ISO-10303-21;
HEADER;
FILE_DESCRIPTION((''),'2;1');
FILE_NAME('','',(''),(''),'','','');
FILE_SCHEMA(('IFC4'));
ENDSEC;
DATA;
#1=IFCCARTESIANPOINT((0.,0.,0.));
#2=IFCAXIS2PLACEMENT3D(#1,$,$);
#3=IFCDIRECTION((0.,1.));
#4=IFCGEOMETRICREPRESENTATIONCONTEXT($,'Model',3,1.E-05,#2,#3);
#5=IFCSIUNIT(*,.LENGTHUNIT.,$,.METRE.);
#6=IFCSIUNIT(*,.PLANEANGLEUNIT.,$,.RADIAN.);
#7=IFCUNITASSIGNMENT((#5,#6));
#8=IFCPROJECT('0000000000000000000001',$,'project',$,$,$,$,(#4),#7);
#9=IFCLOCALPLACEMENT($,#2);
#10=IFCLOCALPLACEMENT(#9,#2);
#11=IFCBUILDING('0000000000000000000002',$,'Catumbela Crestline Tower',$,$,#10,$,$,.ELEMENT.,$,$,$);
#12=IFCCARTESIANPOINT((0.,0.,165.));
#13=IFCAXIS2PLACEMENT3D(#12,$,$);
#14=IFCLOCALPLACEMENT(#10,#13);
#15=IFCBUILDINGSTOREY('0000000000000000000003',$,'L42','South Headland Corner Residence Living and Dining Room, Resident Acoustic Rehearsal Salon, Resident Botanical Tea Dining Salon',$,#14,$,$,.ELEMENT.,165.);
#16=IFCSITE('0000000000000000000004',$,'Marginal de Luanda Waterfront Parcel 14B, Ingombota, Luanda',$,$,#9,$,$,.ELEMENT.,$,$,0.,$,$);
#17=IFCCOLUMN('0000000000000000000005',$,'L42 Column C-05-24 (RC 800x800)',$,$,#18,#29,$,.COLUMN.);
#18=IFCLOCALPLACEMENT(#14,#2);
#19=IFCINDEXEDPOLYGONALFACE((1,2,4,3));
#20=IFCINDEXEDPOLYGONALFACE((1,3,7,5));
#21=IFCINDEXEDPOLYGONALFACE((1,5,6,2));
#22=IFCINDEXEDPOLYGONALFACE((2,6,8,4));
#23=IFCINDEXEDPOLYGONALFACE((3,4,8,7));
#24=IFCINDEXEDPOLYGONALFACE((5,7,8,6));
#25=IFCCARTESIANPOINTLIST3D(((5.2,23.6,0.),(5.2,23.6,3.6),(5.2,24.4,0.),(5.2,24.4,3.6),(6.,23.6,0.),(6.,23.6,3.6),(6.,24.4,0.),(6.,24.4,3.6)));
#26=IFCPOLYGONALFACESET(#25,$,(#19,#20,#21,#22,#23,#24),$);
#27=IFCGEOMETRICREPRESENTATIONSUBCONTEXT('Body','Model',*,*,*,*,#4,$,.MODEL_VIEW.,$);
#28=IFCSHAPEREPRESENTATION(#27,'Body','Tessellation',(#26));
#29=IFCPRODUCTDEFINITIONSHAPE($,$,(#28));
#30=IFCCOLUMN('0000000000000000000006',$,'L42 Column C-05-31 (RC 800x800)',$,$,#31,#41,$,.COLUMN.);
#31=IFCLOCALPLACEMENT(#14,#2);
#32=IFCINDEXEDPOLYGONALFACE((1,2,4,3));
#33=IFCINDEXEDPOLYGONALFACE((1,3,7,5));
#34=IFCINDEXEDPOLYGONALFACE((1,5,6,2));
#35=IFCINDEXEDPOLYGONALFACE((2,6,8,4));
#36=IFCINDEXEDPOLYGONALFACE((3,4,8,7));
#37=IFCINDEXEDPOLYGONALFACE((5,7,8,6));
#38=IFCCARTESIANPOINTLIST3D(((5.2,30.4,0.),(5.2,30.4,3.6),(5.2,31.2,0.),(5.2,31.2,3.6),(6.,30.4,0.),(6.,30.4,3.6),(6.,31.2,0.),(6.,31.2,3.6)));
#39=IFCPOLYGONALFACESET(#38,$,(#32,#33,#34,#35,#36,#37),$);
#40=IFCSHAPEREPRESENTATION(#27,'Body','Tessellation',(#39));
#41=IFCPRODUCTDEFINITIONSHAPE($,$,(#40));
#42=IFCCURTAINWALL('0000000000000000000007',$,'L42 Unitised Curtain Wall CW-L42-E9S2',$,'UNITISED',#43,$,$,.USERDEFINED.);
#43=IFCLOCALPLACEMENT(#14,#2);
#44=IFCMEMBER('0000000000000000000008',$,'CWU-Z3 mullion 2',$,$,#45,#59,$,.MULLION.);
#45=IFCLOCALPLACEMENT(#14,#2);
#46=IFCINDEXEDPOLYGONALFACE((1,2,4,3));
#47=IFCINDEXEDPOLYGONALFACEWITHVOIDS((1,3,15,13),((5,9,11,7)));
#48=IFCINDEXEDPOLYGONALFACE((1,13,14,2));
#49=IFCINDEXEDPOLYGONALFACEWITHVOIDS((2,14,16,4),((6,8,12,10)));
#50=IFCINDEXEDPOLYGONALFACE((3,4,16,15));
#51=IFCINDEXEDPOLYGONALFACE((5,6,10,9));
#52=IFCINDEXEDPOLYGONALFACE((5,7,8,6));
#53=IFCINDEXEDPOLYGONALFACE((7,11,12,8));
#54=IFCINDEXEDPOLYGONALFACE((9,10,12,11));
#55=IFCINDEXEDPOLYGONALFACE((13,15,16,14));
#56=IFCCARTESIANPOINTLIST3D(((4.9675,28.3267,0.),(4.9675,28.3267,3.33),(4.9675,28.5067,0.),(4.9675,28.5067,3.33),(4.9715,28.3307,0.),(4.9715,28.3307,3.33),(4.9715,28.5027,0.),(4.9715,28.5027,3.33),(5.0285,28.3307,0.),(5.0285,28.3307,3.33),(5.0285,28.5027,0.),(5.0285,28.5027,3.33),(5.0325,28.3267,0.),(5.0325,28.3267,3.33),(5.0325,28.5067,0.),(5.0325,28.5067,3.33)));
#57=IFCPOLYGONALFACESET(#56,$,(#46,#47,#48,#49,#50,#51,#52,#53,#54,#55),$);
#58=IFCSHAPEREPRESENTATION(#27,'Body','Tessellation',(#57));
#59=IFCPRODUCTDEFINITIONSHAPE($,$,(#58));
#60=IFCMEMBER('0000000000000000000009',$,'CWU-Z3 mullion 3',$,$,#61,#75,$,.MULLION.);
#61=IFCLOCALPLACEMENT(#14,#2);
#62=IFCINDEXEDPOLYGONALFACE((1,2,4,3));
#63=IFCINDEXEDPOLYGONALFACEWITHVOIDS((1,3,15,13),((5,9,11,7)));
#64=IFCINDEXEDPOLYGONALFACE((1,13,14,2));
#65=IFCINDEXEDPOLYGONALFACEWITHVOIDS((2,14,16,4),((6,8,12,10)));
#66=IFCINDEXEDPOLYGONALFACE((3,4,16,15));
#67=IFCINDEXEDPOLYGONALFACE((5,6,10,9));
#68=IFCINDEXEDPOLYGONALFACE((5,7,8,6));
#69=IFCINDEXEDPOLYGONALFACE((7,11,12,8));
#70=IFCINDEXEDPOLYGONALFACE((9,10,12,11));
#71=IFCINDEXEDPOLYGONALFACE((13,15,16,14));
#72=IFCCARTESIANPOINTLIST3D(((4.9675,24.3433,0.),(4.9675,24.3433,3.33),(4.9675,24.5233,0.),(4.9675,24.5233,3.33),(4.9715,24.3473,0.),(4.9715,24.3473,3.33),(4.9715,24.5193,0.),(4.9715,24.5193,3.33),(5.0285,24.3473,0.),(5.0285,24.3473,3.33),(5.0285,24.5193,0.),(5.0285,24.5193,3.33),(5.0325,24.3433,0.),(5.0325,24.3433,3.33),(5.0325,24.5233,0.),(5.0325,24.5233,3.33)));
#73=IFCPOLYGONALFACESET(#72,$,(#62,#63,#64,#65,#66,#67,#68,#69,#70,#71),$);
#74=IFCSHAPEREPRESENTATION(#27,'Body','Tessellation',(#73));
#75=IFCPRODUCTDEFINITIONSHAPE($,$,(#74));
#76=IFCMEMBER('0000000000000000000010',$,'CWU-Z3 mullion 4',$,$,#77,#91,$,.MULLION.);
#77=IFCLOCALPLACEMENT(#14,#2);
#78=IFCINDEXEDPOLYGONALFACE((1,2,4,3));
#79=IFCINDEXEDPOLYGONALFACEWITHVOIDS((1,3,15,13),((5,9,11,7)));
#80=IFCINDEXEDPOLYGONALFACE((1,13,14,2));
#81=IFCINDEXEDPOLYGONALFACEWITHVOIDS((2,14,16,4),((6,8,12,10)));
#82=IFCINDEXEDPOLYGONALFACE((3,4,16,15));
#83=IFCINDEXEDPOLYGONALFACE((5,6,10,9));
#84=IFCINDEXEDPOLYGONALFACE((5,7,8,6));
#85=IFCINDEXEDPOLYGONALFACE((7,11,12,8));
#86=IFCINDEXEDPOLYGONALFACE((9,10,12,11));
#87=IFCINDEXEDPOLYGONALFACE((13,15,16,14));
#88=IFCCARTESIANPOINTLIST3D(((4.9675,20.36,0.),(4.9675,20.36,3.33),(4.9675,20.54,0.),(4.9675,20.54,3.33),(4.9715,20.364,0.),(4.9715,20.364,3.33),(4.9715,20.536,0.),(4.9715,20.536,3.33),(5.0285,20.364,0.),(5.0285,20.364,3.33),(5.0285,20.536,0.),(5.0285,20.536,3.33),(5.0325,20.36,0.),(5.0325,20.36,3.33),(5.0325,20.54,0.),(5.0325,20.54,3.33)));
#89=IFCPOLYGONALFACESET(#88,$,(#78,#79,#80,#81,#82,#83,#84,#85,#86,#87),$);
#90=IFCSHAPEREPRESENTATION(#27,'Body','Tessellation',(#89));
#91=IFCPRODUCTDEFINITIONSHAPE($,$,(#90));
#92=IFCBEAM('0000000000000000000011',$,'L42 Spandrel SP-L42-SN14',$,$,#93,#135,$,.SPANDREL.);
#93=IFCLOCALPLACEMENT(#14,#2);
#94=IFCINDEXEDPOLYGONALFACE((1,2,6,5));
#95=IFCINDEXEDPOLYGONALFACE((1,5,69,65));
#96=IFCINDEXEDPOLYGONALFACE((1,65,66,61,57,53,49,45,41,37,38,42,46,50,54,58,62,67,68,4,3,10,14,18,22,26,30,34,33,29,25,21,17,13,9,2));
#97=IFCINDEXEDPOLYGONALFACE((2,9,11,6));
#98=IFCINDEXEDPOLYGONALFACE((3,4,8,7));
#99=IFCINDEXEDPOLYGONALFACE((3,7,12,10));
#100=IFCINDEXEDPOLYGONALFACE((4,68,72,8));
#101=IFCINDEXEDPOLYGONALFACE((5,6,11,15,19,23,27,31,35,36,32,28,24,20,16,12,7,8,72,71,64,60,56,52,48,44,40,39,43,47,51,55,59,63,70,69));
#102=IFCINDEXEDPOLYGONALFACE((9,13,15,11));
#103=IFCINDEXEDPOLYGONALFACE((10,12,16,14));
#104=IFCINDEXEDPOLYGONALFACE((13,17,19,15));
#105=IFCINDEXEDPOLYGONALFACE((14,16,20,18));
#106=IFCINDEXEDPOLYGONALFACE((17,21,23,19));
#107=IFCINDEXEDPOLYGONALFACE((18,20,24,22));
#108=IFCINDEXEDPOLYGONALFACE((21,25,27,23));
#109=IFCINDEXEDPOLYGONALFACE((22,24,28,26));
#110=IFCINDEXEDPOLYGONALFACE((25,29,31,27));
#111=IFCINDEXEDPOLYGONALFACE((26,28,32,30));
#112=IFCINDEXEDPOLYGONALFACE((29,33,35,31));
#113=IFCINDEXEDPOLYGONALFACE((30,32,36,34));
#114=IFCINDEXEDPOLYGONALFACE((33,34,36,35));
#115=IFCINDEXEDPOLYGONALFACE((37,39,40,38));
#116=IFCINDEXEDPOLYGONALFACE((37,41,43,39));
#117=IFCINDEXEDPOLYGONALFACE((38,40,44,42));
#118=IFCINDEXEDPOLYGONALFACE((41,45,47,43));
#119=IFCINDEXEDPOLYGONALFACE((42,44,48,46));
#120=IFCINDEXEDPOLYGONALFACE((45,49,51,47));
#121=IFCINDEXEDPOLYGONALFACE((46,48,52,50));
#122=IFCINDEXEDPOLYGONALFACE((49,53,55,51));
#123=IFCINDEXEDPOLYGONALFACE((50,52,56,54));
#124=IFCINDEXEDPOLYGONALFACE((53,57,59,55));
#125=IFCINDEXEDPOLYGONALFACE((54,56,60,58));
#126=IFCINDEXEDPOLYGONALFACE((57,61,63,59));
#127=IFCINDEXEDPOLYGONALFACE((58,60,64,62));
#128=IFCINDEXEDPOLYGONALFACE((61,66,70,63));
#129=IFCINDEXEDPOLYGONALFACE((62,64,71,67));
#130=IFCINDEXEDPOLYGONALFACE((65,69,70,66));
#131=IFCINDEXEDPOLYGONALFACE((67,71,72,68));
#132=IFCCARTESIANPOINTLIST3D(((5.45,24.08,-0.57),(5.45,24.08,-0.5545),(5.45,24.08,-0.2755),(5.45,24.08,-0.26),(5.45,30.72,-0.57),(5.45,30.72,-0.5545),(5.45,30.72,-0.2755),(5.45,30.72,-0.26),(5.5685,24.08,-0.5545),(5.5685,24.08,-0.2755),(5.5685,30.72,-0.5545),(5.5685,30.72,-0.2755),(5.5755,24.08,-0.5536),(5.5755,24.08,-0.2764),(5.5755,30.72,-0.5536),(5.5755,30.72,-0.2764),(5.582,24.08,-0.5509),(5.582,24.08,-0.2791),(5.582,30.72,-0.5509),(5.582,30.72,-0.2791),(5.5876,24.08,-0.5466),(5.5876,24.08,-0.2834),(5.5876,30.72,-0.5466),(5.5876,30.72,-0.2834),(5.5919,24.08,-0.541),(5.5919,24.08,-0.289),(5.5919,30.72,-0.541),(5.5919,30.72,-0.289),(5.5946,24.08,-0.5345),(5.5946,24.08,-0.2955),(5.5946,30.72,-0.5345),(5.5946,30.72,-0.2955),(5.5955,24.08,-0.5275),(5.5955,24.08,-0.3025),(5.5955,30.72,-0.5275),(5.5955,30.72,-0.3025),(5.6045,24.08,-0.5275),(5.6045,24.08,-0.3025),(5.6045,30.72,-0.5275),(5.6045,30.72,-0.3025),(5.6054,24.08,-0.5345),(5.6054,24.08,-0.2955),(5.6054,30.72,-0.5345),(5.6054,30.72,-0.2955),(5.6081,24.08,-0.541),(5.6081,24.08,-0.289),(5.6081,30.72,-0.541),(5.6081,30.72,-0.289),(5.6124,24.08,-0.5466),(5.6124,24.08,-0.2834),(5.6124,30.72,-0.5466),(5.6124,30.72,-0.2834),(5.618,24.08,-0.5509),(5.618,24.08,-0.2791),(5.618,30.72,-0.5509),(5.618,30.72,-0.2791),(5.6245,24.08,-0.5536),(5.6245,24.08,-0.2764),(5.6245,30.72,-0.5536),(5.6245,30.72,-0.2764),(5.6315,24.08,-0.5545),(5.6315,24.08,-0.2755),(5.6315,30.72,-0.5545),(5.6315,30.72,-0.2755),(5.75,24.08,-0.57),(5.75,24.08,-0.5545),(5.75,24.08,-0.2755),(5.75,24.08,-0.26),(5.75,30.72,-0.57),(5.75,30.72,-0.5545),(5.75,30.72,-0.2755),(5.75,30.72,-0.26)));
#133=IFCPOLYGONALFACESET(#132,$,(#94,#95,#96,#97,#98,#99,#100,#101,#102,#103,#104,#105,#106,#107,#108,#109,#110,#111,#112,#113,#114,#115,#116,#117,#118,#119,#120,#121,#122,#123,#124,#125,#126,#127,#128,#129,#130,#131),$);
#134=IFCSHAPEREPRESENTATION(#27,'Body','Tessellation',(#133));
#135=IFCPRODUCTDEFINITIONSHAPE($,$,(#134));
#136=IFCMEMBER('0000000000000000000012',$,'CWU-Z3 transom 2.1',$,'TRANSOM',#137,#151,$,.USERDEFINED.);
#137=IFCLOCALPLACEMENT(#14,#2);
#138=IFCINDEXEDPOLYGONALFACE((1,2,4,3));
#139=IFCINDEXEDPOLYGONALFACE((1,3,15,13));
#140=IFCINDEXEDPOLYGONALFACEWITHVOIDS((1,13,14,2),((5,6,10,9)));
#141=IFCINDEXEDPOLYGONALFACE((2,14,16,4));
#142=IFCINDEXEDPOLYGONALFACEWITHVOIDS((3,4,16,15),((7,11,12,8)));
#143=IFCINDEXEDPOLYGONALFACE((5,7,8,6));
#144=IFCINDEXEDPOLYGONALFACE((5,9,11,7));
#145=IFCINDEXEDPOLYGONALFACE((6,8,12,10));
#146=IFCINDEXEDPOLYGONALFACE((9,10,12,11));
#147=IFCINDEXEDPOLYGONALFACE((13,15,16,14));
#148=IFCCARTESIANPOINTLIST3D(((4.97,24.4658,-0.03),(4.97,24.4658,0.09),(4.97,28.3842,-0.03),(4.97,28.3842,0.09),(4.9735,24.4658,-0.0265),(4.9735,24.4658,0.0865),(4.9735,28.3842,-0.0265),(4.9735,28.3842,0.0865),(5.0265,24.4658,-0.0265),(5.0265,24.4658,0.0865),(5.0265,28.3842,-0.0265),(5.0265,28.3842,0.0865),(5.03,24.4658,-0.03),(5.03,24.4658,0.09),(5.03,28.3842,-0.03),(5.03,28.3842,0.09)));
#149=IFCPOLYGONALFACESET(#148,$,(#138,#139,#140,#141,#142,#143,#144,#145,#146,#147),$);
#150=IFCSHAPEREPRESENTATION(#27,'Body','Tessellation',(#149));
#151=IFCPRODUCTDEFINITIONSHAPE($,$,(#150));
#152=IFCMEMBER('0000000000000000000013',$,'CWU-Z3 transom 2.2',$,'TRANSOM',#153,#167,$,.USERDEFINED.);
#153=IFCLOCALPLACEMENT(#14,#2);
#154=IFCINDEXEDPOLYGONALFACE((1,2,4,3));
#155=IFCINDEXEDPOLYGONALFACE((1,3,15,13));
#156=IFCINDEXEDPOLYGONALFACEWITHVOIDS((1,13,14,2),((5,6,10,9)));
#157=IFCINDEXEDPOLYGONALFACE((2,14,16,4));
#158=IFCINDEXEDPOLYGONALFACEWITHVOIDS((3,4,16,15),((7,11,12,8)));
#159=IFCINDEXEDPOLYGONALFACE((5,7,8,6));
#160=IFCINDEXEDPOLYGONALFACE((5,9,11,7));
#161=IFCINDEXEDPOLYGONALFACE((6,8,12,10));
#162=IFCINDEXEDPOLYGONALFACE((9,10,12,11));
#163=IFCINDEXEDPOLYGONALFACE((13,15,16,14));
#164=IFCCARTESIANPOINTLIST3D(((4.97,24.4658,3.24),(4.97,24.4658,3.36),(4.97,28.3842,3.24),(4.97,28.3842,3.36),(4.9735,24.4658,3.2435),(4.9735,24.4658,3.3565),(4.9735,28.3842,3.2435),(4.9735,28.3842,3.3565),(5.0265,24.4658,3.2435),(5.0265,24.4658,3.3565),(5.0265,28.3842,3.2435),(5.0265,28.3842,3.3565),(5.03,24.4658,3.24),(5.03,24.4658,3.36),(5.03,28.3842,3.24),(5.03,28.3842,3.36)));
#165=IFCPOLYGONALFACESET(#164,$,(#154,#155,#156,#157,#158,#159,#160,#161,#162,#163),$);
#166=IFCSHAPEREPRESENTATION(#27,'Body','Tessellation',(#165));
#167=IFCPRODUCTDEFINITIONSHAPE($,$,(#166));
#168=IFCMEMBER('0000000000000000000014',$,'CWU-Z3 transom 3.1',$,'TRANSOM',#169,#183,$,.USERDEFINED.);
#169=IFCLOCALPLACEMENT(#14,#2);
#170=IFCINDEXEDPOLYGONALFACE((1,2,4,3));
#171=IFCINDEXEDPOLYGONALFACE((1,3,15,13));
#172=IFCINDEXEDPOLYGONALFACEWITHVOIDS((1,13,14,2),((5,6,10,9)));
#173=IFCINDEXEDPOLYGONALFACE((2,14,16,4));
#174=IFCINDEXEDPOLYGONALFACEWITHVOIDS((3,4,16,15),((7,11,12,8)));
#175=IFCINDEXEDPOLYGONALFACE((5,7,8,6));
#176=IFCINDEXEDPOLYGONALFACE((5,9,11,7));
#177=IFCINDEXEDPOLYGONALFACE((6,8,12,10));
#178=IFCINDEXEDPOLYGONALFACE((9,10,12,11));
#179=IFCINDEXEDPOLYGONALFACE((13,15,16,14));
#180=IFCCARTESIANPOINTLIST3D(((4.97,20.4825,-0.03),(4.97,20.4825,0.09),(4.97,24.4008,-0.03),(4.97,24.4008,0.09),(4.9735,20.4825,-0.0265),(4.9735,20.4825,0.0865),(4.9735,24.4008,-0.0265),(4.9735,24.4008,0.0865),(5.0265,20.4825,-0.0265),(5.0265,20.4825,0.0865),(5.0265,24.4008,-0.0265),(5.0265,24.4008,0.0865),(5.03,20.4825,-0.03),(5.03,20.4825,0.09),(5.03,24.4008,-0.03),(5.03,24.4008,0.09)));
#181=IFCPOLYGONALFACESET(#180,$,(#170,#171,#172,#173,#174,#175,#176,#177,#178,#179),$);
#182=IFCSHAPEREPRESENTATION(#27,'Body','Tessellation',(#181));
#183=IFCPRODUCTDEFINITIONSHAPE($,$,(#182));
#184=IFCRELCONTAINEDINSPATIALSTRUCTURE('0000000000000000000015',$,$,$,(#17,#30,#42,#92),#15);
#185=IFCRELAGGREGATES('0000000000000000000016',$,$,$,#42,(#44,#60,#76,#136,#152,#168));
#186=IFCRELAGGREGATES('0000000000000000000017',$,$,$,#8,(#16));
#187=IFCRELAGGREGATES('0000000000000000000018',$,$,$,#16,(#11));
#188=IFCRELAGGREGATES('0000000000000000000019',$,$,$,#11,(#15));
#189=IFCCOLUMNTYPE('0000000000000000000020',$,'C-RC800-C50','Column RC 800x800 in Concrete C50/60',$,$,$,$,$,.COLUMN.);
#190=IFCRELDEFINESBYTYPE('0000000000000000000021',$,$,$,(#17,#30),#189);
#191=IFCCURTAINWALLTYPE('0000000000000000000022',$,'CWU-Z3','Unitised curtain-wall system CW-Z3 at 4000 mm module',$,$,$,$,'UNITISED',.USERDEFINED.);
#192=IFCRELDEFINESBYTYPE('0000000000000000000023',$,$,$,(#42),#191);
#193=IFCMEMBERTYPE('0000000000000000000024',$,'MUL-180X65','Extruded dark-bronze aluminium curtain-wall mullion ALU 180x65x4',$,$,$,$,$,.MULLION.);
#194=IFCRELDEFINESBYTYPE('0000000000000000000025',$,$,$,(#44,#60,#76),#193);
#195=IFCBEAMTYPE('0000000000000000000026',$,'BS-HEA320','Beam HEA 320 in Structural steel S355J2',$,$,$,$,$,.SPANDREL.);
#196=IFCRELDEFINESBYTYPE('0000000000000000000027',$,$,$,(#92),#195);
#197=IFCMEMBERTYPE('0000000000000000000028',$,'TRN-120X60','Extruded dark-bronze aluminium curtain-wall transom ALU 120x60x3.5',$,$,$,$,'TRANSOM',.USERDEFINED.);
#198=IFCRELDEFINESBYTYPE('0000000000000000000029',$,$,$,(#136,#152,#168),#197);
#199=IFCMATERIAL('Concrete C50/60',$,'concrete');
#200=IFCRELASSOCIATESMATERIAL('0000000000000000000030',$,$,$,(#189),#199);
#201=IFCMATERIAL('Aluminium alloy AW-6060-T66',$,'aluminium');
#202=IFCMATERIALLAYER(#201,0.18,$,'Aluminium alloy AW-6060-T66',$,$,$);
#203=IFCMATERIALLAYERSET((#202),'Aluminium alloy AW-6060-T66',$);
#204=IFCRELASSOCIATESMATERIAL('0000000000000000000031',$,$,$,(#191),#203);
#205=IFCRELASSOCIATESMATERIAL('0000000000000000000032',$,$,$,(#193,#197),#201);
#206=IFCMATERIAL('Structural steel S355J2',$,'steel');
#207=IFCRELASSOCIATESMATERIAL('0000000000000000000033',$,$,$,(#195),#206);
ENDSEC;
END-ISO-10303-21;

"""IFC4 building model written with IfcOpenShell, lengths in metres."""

from ifc_helpers import new_model, si_unit, direction, frame, origin, origin_2d, place, context, subcontext, project, spatial, rectangle, hollow_rectangle, i_section, extrude, material, layer, layer_set, material_profile, profile_set, type_object, element, aggregate, save


model = new_model("IFC4")

# Units and contexts
model_context = context("Model", 3, precision=1e-05, world=origin(), true_north=direction((0.0, 1.0)))
body_context = subcontext(model_context, "Body", "Model", "MODEL_VIEW")
ifc_project = project(units=[si_unit("LENGTHUNIT", "METRE"), si_unit("PLANEANGLEUNIT", "RADIAN")], contexts=[model_context])

# Site, building, storey
site_placement = place(None, origin())
site = spatial("IfcSite", under=ifc_project, at=site_placement, Name="Marginal de Luanda Waterfront Parcel 14B, Ingombota, Luanda", CompositionType="ELEMENT", RefElevation=0.0)
building_placement = place(site_placement, origin())
building = spatial("IfcBuilding", under=site, at=building_placement, Name="Catumbela Crestline Tower", CompositionType="ELEMENT")
storey_placement = place(building_placement, frame((0.0, 0.0, 165.0)))
storey = spatial("IfcBuildingStorey", under=building, at=storey_placement, Name="L42", Description="South Headland Corner Residence Living and Dining Room, Resident Acoustic Rehearsal Salon, Resident Botanical Tea Dining Salon", CompositionType="ELEMENT", Elevation=165.0)

# Columns
ifc_material_1 = material(Name="Concrete C50/60", Category="concrete")
ifc_material_profile_1 = material_profile(ifc_material_1, rectangle(XDim=0.8, YDim=0.8, at=origin_2d()), Name="RC 800x800")
ifc_profile_set_1 = profile_set([ifc_material_profile_1], Name="Concrete C50/60")
column_type = type_object("IfcColumnType", Name="C-RC800-C50", Description="Column RC 800x800 in Concrete C50/60", PredefinedType="COLUMN", material=ifc_profile_set_1)
for number, where, z_axis, x_axis, name in (
    (1, (5.6, 24.0, 0.0), (0.0, 0.0, 1.0), (1.0, 0.0, 0.0), "L42 Column C-05-24 (RC 800x800)"),
    (2, (5.6, 30.8, 0.0), (0.0, 0.0, 1.0), (1.0, 0.0, 0.0), "L42 Column C-05-31 (RC 800x800)"),
):
    element("IfcColumn", number, at=place(storey_placement, frame(where, z_axis=z_axis, x_axis=x_axis)), inside=storey, type_object=column_type, Name=name, PredefinedType="COLUMN", context=body_context, shape_type="SweptSolid", body=[
        extrude(rectangle(XDim=0.8, YDim=0.8, at=origin_2d()), origin(), (0.0, 0.0, 1.0), 3.6),
    ])

# Curtain wall, members
ifc_material_2 = material(Name="Aluminium alloy AW-6060-T66", Category="aluminium")
ifc_layer_1 = layer(ifc_material_2, 0.18, Name="Aluminium alloy AW-6060-T66")
ifc_layer_set_1 = layer_set([ifc_layer_1], Name="Aluminium alloy AW-6060-T66")
curtain_wall_type = type_object("IfcCurtainWallType", Name="CWU-Z3", Description="Unitised curtain-wall system CW-Z3 at 4000 mm module", ElementType="UNITISED", PredefinedType="USERDEFINED", material=ifc_layer_set_1)
curtain_wall_placement = place(storey_placement, origin())
curtain_wall = element("IfcCurtainWall", 3, at=curtain_wall_placement, inside=storey, type_object=curtain_wall_type, Name="L42 Unitised Curtain Wall CW-L42-E9S2", ObjectType="UNITISED", PredefinedType="USERDEFINED")
ifc_material_profile_2 = material_profile(ifc_material_2, hollow_rectangle(XDim=0.065, YDim=0.18, WallThickness=0.004, at=origin_2d()), Name="ALU 180x65x4")
ifc_profile_set_2 = profile_set([ifc_material_profile_2], Name="Aluminium alloy AW-6060-T66")
member_type_1 = type_object("IfcMemberType", Name="MUL-180X65", Description="Extruded dark-bronze aluminium curtain-wall mullion ALU 180x65x4", PredefinedType="MULLION", material=ifc_profile_set_2)
member_1_placement = place(storey_placement, frame((5.0, 28.4167, 0.0), z_axis=(0.0, 0.0, 1.0), x_axis=(1.0, 0.0, 0.0)))
member_1 = element("IfcMember", 4, at=member_1_placement, type_object=member_type_1, Name="CWU-Z3 mullion 2", PredefinedType="MULLION", context=body_context, shape_type="SweptSolid", body=[
    extrude(hollow_rectangle(XDim=0.065, YDim=0.18, WallThickness=0.004, at=origin_2d()), origin(), (0.0, 0.0, 1.0), 3.33),
])
member_2_placement = place(storey_placement, frame((5.0, 24.4333, 0.0), z_axis=(0.0, 0.0, 1.0), x_axis=(1.0, 0.0, 0.0)))
member_2 = element("IfcMember", 5, at=member_2_placement, type_object=member_type_1, Name="CWU-Z3 mullion 3", PredefinedType="MULLION", context=body_context, shape_type="SweptSolid", body=[
    extrude(hollow_rectangle(XDim=0.065, YDim=0.18, WallThickness=0.004, at=origin_2d()), origin(), (0.0, 0.0, 1.0), 3.33),
])
member_3_placement = place(storey_placement, frame((5.0, 20.45, 0.0), z_axis=(0.0, 0.0, 1.0), x_axis=(1.0, 0.0, 0.0)))
member_3 = element("IfcMember", 6, at=member_3_placement, type_object=member_type_1, Name="CWU-Z3 mullion 4", PredefinedType="MULLION", context=body_context, shape_type="SweptSolid", body=[
    extrude(hollow_rectangle(XDim=0.065, YDim=0.18, WallThickness=0.004, at=origin_2d()), origin(), (0.0, 0.0, 1.0), 3.33),
])

# Beam
ifc_material_3 = material(Name="Structural steel S355J2", Category="steel")
ifc_material_profile_3 = material_profile(ifc_material_3, i_section(OverallWidth=0.3, OverallDepth=0.31, WebThickness=0.009, FlangeThickness=0.0155, FilletRadius=0.027, at=origin_2d()), Name="HEA 320")
ifc_profile_set_3 = profile_set([ifc_material_profile_3], Name="Structural steel S355J2")
beam_type = type_object("IfcBeamType", Name="BS-HEA320", Description="Beam HEA 320 in Structural steel S355J2", PredefinedType="SPANDREL", material=ifc_profile_set_3)
beam_placement = place(storey_placement, frame((5.6, 24.08, -0.415), z_axis=(0.0, 1.0, 0.0), x_axis=(-1.0, 0.0, 0.0)))
element("IfcBeam", 7, at=beam_placement, inside=storey, type_object=beam_type, Name="L42 Spandrel SP-L42-SN14", PredefinedType="SPANDREL", context=body_context, shape_type="SweptSolid", body=[
    extrude(i_section(OverallWidth=0.3, OverallDepth=0.31, WebThickness=0.009, FlangeThickness=0.0155, FilletRadius=0.027, at=origin_2d()), origin(), (0.0, 0.0, 1.0), 6.64),
])

# Members
ifc_material_profile_4 = material_profile(ifc_material_2, hollow_rectangle(XDim=0.06, YDim=0.12, WallThickness=0.0035, at=origin_2d()), Name="ALU 120x60x3.5")
ifc_profile_set_4 = profile_set([ifc_material_profile_4], Name="Aluminium alloy AW-6060-T66")
member_type_2 = type_object("IfcMemberType", Name="TRN-120X60", Description="Extruded dark-bronze aluminium curtain-wall transom ALU 120x60x3.5", ElementType="TRANSOM", PredefinedType="USERDEFINED", material=ifc_profile_set_4)
member_4_placement = place(storey_placement, frame((5.0, 28.3842, 0.03), z_axis=(0.0, -1.0, 0.0), x_axis=(1.0, 0.0, 0.0)))
member_4 = element("IfcMember", 8, at=member_4_placement, type_object=member_type_2, Name="CWU-Z3 transom 2.1", ObjectType="TRANSOM", PredefinedType="USERDEFINED", context=body_context, shape_type="SweptSolid", body=[
    extrude(hollow_rectangle(XDim=0.06, YDim=0.12, WallThickness=0.0035, at=origin_2d()), origin(), (0.0, 0.0, 1.0), 3.9184),
])
member_5_placement = place(storey_placement, frame((5.0, 28.3842, 3.3), z_axis=(0.0, -1.0, 0.0), x_axis=(1.0, 0.0, 0.0)))
member_5 = element("IfcMember", 9, at=member_5_placement, type_object=member_type_2, Name="CWU-Z3 transom 2.2", ObjectType="TRANSOM", PredefinedType="USERDEFINED", context=body_context, shape_type="SweptSolid", body=[
    extrude(hollow_rectangle(XDim=0.06, YDim=0.12, WallThickness=0.0035, at=origin_2d()), origin(), (0.0, 0.0, 1.0), 3.9184),
])
member_6_placement = place(storey_placement, frame((5.0, 24.4008, 0.03), z_axis=(0.0, -1.0, 0.0), x_axis=(1.0, 0.0, 0.0)))
member_6 = element("IfcMember", 10, at=member_6_placement, type_object=member_type_2, Name="CWU-Z3 transom 3.1", ObjectType="TRANSOM", PredefinedType="USERDEFINED", context=body_context, shape_type="SweptSolid", body=[
    extrude(hollow_rectangle(XDim=0.06, YDim=0.12, WallThickness=0.0035, at=origin_2d()), origin(), (0.0, 0.0, 1.0), 3.9183),
])

aggregate(curtain_wall, [member_1, member_2, member_3, member_4, member_5, member_6])

save(model, "model.ifc")
